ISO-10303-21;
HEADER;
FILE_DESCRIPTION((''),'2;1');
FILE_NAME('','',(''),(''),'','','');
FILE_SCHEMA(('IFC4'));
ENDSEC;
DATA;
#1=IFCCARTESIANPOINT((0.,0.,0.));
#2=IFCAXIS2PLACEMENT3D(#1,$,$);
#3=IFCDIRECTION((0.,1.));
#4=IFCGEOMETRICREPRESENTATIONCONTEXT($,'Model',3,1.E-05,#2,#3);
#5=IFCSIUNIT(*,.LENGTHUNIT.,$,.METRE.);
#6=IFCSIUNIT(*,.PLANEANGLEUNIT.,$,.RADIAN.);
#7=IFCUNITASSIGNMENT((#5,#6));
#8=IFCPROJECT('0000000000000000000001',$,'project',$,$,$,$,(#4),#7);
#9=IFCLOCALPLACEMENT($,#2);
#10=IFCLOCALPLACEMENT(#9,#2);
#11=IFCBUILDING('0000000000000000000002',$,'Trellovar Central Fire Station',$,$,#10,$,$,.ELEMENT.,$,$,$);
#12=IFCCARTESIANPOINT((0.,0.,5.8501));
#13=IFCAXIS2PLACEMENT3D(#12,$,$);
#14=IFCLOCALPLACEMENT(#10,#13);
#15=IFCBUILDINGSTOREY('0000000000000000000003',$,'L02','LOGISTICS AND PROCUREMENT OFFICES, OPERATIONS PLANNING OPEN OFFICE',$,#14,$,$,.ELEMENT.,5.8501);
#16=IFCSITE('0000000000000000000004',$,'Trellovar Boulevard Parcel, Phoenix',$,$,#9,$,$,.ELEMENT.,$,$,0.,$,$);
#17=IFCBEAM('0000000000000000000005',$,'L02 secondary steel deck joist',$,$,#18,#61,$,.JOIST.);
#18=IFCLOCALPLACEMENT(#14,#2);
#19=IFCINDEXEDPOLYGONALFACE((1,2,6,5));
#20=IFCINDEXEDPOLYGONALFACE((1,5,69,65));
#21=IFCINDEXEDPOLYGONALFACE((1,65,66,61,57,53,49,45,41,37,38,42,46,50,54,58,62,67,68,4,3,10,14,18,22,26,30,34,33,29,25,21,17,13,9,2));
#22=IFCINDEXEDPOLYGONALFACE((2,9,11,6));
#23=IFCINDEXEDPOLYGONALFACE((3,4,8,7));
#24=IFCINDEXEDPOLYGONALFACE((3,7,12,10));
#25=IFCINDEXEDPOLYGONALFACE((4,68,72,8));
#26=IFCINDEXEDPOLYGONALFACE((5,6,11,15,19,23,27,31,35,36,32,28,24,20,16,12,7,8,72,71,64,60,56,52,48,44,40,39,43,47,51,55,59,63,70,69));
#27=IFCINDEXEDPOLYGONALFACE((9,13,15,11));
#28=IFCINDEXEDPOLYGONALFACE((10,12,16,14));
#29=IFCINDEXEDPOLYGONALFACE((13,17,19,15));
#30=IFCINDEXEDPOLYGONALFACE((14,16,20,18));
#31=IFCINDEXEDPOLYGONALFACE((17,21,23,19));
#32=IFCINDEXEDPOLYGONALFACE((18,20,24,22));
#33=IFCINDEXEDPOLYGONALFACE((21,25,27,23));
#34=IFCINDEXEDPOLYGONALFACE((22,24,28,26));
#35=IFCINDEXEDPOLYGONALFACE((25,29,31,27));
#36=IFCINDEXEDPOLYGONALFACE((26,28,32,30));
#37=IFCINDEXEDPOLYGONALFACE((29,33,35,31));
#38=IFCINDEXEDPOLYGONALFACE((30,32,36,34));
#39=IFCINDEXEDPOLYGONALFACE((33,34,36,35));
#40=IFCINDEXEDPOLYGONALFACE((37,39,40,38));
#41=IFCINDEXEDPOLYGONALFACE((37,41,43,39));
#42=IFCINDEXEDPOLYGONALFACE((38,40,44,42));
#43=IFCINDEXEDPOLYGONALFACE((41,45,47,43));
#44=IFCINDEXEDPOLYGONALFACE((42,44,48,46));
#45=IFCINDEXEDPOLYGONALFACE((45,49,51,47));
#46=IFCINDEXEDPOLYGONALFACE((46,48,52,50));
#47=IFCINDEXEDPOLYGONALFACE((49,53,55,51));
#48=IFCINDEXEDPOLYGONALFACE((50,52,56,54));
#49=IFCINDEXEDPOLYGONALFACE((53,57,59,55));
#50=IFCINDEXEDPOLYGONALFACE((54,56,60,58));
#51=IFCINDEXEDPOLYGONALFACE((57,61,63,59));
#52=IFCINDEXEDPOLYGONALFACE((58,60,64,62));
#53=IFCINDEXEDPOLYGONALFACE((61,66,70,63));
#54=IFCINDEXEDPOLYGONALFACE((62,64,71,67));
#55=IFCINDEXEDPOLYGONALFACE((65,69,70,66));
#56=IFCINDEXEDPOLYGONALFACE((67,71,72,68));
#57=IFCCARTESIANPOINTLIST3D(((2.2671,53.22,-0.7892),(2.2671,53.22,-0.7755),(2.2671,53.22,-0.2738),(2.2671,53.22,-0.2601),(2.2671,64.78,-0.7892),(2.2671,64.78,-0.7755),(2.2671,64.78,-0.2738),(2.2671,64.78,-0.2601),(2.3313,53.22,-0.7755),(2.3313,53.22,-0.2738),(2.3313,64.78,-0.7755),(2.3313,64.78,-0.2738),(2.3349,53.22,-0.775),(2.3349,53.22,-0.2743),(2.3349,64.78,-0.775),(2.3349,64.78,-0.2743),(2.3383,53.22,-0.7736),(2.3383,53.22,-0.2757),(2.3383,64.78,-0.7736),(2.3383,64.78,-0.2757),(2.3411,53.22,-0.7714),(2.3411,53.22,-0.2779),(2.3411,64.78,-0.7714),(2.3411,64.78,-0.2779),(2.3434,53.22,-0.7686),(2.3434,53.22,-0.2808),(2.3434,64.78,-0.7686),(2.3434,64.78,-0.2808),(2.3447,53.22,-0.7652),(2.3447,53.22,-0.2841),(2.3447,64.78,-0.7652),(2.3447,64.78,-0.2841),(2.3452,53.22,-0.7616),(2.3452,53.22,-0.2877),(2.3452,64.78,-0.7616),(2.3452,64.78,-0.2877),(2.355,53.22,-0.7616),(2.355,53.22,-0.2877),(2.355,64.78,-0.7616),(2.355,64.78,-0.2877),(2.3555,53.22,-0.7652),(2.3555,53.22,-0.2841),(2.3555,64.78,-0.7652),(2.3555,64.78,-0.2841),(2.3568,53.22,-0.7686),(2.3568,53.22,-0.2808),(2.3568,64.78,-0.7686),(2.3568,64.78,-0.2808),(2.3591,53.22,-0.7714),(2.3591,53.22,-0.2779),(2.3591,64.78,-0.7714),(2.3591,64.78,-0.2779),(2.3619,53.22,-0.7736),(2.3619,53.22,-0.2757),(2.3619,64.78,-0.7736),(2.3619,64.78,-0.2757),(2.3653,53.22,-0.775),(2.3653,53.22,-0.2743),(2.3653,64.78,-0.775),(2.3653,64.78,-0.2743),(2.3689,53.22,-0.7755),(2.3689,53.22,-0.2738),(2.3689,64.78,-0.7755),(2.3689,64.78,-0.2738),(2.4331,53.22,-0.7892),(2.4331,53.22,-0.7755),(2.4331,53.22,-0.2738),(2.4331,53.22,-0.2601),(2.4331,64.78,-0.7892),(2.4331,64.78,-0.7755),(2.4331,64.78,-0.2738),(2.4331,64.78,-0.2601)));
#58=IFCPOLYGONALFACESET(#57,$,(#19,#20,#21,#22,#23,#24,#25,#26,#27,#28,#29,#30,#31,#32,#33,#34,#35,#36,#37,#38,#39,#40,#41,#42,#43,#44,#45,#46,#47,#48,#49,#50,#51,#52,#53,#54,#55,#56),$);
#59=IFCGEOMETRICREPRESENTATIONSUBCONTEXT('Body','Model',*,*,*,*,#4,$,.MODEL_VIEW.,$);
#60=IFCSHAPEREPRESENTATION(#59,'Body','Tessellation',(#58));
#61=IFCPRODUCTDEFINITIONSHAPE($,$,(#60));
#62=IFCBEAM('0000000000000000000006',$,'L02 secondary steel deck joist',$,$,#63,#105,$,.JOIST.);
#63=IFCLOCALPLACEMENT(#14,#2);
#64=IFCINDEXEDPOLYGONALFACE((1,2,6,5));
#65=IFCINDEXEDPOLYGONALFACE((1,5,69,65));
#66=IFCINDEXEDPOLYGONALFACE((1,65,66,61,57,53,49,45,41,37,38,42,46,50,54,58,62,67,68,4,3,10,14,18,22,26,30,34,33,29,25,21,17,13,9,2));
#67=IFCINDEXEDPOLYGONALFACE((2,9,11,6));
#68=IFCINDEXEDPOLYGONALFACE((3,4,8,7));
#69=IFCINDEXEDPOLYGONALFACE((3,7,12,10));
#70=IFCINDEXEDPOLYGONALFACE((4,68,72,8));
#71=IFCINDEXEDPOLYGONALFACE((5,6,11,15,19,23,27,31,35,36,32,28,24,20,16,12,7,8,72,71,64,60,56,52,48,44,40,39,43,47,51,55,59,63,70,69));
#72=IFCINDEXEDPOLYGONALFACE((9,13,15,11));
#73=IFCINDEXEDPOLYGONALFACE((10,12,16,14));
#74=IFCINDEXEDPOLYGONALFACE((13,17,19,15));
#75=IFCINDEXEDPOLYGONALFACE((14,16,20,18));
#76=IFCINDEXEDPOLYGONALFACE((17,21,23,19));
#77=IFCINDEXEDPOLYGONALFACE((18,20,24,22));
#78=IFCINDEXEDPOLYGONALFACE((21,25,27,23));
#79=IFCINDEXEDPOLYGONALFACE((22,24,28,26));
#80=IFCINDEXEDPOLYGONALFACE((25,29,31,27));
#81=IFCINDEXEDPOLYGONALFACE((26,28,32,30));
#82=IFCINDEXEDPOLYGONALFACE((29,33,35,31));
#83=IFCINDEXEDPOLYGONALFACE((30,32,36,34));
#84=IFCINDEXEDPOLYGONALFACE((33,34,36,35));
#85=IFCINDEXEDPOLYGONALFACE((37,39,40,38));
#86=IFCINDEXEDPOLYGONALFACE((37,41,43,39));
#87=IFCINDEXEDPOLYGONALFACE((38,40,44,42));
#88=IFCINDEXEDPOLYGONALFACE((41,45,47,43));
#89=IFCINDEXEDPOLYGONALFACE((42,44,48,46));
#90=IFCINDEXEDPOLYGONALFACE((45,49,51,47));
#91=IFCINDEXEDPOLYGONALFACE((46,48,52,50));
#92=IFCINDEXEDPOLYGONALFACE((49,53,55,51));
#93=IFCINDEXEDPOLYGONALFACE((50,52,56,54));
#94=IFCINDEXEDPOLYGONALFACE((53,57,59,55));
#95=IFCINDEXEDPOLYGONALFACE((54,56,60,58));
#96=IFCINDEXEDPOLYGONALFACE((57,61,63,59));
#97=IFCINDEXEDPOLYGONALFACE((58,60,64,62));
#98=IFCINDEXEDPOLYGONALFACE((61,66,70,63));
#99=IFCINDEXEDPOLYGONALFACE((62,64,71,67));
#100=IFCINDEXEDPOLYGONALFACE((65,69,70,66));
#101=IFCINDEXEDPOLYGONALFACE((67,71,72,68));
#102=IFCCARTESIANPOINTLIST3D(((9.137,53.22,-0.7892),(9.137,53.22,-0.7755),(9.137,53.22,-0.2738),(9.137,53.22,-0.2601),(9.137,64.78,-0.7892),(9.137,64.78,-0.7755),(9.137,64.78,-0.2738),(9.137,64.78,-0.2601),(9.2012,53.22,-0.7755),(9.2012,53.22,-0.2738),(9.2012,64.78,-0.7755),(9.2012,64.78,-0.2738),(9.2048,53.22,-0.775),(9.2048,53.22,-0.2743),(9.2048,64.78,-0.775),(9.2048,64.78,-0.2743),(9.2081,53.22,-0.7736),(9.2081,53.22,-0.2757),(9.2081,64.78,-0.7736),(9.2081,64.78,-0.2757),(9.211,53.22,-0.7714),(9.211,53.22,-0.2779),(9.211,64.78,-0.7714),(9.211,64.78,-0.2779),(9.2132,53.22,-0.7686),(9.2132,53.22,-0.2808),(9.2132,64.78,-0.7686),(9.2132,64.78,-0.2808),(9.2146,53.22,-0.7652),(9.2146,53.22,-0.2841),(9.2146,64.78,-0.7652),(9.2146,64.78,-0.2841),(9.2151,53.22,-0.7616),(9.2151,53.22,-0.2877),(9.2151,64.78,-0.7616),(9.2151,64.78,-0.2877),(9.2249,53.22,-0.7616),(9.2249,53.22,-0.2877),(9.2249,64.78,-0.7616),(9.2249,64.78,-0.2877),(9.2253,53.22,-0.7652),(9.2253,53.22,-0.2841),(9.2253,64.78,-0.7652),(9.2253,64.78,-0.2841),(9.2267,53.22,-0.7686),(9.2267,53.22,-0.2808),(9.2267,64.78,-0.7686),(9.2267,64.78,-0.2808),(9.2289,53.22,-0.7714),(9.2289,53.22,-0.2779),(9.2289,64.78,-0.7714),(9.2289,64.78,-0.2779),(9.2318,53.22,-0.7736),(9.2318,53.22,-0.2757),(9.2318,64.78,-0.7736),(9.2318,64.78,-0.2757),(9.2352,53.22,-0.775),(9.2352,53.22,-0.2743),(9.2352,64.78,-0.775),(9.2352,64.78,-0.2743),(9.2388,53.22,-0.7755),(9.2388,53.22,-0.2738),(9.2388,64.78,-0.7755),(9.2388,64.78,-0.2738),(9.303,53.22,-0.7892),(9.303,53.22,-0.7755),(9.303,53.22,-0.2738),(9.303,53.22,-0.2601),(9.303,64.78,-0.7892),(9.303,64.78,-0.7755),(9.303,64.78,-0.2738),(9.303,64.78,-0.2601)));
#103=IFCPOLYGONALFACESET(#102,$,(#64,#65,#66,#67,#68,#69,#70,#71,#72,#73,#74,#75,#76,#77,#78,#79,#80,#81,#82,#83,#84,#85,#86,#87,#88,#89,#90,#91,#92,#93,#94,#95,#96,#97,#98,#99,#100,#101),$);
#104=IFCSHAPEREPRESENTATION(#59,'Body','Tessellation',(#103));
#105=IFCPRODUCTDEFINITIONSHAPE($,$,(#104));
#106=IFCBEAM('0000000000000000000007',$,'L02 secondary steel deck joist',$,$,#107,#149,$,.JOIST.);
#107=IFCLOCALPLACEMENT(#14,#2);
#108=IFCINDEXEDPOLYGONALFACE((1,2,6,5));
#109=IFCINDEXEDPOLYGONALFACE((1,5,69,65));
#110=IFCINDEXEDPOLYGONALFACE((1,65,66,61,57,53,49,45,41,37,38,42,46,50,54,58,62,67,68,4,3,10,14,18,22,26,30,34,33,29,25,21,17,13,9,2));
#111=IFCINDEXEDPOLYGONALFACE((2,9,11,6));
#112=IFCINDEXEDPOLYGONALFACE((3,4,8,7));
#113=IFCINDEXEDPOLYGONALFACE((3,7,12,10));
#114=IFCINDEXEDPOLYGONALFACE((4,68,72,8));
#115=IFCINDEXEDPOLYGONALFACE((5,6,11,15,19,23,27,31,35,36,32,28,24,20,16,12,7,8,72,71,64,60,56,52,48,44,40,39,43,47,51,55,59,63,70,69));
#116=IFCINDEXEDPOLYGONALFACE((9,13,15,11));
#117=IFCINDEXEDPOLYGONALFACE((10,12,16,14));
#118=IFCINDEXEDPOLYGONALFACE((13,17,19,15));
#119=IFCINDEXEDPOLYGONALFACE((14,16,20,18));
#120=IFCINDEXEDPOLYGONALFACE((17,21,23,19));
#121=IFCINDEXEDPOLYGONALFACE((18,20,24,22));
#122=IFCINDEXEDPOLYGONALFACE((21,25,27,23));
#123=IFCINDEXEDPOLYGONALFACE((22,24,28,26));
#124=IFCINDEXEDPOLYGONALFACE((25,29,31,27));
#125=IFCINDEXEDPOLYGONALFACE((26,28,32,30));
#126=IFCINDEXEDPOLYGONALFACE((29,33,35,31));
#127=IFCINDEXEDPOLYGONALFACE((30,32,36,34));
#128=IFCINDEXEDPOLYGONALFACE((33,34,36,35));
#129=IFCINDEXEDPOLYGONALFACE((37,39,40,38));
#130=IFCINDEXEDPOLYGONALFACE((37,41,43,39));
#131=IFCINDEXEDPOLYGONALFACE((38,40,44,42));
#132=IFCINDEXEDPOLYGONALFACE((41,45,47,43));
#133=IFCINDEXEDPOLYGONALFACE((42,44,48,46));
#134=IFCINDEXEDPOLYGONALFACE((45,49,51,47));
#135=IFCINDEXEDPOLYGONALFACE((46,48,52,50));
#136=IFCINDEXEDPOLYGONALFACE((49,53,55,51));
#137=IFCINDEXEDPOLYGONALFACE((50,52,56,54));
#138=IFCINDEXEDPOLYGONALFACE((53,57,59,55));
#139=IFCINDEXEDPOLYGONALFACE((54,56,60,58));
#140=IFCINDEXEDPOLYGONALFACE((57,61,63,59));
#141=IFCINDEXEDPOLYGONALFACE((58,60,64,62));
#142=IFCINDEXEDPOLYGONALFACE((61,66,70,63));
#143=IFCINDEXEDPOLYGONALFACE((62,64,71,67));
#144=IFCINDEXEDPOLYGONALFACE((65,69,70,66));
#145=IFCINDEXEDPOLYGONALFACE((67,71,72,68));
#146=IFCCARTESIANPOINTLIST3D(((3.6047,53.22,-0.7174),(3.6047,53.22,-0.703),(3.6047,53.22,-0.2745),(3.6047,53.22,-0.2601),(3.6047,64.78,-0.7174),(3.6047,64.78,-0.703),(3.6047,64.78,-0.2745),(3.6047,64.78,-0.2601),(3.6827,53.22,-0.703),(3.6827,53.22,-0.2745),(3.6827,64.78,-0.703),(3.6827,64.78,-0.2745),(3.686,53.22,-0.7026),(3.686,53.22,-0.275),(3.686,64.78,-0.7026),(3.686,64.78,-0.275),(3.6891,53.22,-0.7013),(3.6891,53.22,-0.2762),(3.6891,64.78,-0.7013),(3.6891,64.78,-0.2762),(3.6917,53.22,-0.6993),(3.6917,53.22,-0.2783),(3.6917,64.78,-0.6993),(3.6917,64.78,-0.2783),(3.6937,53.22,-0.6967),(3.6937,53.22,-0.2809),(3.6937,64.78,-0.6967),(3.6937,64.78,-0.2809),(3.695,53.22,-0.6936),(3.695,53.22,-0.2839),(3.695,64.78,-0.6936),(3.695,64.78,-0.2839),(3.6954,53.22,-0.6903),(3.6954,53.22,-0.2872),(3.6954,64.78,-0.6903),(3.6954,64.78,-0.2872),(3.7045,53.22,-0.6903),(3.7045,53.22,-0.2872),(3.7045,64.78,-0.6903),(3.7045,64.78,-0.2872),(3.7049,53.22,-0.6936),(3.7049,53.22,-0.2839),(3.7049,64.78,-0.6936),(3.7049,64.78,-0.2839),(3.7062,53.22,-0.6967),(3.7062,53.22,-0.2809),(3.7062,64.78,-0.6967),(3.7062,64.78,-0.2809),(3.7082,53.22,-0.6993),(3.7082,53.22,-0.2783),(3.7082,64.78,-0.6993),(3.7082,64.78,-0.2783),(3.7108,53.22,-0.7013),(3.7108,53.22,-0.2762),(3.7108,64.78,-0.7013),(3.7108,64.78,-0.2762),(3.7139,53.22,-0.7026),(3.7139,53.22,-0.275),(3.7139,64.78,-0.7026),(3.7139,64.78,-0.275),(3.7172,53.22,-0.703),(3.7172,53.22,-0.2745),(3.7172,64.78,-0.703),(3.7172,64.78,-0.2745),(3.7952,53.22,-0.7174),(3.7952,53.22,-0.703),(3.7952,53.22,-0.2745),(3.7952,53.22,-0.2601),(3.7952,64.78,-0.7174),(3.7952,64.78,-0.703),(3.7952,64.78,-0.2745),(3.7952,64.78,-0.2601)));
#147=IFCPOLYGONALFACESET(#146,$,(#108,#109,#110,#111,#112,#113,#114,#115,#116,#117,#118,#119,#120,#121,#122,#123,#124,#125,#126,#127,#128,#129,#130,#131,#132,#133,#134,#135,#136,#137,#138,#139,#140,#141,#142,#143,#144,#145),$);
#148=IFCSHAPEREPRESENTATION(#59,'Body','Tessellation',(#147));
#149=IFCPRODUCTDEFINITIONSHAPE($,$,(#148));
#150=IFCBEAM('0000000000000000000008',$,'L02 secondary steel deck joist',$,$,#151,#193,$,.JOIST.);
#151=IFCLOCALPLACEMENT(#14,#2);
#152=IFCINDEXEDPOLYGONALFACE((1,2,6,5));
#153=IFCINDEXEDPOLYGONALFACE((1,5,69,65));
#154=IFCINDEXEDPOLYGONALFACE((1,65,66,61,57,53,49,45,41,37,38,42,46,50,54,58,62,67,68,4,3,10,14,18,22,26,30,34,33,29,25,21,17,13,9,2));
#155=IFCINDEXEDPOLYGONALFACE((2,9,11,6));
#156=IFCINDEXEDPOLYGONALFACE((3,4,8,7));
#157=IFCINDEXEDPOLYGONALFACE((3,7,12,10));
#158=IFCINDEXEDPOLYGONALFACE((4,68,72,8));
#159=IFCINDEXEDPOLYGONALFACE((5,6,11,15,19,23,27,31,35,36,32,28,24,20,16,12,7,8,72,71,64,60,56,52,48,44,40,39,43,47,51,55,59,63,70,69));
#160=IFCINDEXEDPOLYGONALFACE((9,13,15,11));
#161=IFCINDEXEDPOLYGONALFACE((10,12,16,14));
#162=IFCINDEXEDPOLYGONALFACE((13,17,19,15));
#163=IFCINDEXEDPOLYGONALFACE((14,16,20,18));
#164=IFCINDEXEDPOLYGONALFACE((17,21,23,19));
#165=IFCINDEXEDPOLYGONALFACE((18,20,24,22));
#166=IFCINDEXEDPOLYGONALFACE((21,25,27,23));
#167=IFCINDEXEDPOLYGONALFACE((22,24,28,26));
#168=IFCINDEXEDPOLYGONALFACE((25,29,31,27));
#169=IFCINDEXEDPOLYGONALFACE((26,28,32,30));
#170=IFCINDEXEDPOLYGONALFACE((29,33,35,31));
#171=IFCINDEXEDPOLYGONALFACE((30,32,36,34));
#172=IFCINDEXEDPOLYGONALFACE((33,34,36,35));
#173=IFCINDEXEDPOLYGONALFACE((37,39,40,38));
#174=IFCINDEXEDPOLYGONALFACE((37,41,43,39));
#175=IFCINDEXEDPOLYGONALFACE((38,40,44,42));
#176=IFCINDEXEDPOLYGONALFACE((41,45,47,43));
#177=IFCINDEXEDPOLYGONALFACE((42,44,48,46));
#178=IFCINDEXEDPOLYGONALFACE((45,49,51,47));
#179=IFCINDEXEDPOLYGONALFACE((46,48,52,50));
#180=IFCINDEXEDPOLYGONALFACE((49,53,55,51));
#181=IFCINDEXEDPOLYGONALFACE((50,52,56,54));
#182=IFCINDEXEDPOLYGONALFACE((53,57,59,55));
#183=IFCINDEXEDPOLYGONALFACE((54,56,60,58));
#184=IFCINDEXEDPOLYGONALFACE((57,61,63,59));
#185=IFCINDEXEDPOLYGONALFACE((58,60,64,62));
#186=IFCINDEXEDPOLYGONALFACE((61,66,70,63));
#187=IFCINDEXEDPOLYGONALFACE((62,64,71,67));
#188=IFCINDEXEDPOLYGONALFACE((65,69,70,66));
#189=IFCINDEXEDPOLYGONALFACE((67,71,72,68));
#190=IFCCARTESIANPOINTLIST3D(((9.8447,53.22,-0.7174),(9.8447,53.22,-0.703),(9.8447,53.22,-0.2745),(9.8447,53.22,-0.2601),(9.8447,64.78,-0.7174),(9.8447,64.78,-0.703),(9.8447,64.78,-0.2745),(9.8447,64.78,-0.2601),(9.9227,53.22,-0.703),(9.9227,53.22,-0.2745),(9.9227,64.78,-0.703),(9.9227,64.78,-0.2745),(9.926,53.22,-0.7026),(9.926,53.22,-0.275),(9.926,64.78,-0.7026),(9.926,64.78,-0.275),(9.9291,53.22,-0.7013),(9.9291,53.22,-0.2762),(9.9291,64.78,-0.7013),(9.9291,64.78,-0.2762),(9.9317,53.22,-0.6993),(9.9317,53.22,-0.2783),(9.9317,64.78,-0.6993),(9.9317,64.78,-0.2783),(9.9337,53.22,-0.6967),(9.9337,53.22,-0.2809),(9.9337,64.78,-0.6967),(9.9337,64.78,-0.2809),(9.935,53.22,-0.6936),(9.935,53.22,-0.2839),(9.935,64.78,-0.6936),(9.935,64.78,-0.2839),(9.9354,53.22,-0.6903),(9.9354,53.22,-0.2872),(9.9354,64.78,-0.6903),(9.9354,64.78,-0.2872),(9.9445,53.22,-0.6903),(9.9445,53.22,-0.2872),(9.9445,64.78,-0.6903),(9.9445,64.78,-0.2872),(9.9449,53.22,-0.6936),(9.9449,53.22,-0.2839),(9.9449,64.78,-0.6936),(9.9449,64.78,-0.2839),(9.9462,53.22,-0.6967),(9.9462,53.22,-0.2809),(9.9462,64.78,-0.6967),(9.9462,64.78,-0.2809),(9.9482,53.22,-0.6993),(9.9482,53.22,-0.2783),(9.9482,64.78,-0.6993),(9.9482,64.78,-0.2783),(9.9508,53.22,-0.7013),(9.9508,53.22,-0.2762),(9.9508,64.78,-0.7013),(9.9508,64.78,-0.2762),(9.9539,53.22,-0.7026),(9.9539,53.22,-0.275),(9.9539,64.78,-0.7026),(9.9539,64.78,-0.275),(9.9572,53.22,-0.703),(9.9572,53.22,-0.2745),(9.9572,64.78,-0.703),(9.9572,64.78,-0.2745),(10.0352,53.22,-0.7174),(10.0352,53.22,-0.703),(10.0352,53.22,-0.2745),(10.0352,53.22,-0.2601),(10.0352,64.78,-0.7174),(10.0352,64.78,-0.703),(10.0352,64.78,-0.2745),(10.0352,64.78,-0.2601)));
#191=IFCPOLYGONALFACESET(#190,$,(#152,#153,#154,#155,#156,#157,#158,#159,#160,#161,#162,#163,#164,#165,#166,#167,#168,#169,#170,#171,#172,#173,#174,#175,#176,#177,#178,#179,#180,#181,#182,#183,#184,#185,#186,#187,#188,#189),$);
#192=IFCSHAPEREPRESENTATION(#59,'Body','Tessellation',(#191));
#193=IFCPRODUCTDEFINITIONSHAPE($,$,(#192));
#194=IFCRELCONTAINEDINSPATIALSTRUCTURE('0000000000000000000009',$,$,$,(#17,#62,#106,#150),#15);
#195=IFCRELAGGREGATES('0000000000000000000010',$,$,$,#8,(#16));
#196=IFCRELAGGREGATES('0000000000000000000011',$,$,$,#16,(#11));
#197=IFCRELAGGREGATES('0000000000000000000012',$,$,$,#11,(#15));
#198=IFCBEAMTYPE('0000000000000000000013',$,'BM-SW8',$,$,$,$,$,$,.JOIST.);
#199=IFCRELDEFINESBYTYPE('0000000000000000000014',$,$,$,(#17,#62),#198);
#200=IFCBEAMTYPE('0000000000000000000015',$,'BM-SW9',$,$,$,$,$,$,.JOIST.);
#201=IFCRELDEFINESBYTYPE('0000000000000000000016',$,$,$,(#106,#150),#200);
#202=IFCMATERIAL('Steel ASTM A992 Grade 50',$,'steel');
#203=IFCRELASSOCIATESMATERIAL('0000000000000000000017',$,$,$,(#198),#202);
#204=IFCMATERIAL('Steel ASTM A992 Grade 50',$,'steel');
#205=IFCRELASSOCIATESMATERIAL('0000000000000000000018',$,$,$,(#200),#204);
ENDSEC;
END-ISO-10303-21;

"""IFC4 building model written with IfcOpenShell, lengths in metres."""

from ifc_helpers import new_model, si_unit, direction, frame, origin, origin_2d, place, context, subcontext, project, spatial, i_section, extrude, material, material_profile, profile_set, type_object, element, save


model = new_model("IFC4")

# Units and contexts
model_context = context("Model", 3, precision=1e-05, world=origin(), true_north=direction((0.0, 1.0)))
body_context = subcontext(model_context, "Body", "Model", "MODEL_VIEW")
ifc_project = project(units=[si_unit("LENGTHUNIT", "METRE"), si_unit("PLANEANGLEUNIT", "RADIAN")], contexts=[model_context])

# Site, building, storey
site_placement = place(None, origin())
site = spatial("IfcSite", under=ifc_project, at=site_placement, Name="Trellovar Boulevard Parcel, Phoenix", CompositionType="ELEMENT", RefElevation=0.0)
building_placement = place(site_placement, origin())
building = spatial("IfcBuilding", under=site, at=building_placement, Name="Trellovar Central Fire Station", CompositionType="ELEMENT")
storey_placement = place(building_placement, frame((0.0, 0.0, 5.8501)))
storey = spatial("IfcBuildingStorey", under=building, at=storey_placement, Name="L02", Description="LOGISTICS AND PROCUREMENT OFFICES, OPERATIONS PLANNING OPEN OFFICE", CompositionType="ELEMENT", Elevation=5.8501)

# Beams
ifc_material_1 = material(Name="Steel ASTM A992 Grade 50", Category="steel")
ifc_material_profile_1 = material_profile(ifc_material_1, i_section(OverallWidth=0.166, OverallDepth=0.5291, WebThickness=0.0098, FlangeThickness=0.0137, FilletRadius=0.0139, at=origin_2d()), Name="W21X50")
ifc_profile_set_1 = profile_set([ifc_material_profile_1], Name="Steel ASTM A992 Grade 50")
beam_type_1 = type_object("IfcBeamType", Name="BM-SW8", PredefinedType="JOIST", material=ifc_profile_set_1)
for number, where, z_axis, x_axis, name in (
    (1, (2.3501, 53.22, -0.5247), (0.0, 1.0, 0.0), (-1.0, 0.0, 0.0), "L02 secondary steel deck joist"),
    (2, (9.22, 53.22, -0.5247), (0.0, 1.0, 0.0), (-1.0, 0.0, 0.0), "L02 secondary steel deck joist"),
):
    element("IfcBeam", number, at=place(storey_placement, frame(where, z_axis=z_axis, x_axis=x_axis)), inside=storey, type_object=beam_type_1, Name=name, PredefinedType="JOIST", context=body_context, shape_type="SweptSolid", body=[
        extrude(i_section(OverallWidth=0.166, OverallDepth=0.5291, WebThickness=0.0098, FlangeThickness=0.0137, FilletRadius=0.0139, at=origin_2d()), origin(), (0.0, 0.0, 1.0), 11.5601),
    ])
ifc_material_2 = material(Name="Steel ASTM A992 Grade 50", Category="steel")
ifc_material_profile_2 = material_profile(ifc_material_2, i_section(OverallWidth=0.1904, OverallDepth=0.4573, WebThickness=0.009, FlangeThickness=0.0144, FilletRadius=0.0127, at=origin_2d()), Name="W18X50")
ifc_profile_set_2 = profile_set([ifc_material_profile_2], Name="Steel ASTM A992 Grade 50")
beam_type_2 = type_object("IfcBeamType", Name="BM-SW9", PredefinedType="JOIST", material=ifc_profile_set_2)
for number, where, z_axis, x_axis, name in (
    (3, (3.7, 53.22, -0.4888), (0.0, 1.0, 0.0), (-1.0, 0.0, 0.0), "L02 secondary steel deck joist"),
    (4, (9.9399, 53.22, -0.4888), (0.0, 1.0, 0.0), (-1.0, 0.0, 0.0), "L02 secondary steel deck joist"),
):
    element("IfcBeam", number, at=place(storey_placement, frame(where, z_axis=z_axis, x_axis=x_axis)), inside=storey, type_object=beam_type_2, Name=name, PredefinedType="JOIST", context=body_context, shape_type="SweptSolid", body=[
        extrude(i_section(OverallWidth=0.1904, OverallDepth=0.4573, WebThickness=0.009, FlangeThickness=0.0144, FilletRadius=0.0127, at=origin_2d()), origin(), (0.0, 0.0, 1.0), 11.5601),
    ])

save(model, "model.ifc")
